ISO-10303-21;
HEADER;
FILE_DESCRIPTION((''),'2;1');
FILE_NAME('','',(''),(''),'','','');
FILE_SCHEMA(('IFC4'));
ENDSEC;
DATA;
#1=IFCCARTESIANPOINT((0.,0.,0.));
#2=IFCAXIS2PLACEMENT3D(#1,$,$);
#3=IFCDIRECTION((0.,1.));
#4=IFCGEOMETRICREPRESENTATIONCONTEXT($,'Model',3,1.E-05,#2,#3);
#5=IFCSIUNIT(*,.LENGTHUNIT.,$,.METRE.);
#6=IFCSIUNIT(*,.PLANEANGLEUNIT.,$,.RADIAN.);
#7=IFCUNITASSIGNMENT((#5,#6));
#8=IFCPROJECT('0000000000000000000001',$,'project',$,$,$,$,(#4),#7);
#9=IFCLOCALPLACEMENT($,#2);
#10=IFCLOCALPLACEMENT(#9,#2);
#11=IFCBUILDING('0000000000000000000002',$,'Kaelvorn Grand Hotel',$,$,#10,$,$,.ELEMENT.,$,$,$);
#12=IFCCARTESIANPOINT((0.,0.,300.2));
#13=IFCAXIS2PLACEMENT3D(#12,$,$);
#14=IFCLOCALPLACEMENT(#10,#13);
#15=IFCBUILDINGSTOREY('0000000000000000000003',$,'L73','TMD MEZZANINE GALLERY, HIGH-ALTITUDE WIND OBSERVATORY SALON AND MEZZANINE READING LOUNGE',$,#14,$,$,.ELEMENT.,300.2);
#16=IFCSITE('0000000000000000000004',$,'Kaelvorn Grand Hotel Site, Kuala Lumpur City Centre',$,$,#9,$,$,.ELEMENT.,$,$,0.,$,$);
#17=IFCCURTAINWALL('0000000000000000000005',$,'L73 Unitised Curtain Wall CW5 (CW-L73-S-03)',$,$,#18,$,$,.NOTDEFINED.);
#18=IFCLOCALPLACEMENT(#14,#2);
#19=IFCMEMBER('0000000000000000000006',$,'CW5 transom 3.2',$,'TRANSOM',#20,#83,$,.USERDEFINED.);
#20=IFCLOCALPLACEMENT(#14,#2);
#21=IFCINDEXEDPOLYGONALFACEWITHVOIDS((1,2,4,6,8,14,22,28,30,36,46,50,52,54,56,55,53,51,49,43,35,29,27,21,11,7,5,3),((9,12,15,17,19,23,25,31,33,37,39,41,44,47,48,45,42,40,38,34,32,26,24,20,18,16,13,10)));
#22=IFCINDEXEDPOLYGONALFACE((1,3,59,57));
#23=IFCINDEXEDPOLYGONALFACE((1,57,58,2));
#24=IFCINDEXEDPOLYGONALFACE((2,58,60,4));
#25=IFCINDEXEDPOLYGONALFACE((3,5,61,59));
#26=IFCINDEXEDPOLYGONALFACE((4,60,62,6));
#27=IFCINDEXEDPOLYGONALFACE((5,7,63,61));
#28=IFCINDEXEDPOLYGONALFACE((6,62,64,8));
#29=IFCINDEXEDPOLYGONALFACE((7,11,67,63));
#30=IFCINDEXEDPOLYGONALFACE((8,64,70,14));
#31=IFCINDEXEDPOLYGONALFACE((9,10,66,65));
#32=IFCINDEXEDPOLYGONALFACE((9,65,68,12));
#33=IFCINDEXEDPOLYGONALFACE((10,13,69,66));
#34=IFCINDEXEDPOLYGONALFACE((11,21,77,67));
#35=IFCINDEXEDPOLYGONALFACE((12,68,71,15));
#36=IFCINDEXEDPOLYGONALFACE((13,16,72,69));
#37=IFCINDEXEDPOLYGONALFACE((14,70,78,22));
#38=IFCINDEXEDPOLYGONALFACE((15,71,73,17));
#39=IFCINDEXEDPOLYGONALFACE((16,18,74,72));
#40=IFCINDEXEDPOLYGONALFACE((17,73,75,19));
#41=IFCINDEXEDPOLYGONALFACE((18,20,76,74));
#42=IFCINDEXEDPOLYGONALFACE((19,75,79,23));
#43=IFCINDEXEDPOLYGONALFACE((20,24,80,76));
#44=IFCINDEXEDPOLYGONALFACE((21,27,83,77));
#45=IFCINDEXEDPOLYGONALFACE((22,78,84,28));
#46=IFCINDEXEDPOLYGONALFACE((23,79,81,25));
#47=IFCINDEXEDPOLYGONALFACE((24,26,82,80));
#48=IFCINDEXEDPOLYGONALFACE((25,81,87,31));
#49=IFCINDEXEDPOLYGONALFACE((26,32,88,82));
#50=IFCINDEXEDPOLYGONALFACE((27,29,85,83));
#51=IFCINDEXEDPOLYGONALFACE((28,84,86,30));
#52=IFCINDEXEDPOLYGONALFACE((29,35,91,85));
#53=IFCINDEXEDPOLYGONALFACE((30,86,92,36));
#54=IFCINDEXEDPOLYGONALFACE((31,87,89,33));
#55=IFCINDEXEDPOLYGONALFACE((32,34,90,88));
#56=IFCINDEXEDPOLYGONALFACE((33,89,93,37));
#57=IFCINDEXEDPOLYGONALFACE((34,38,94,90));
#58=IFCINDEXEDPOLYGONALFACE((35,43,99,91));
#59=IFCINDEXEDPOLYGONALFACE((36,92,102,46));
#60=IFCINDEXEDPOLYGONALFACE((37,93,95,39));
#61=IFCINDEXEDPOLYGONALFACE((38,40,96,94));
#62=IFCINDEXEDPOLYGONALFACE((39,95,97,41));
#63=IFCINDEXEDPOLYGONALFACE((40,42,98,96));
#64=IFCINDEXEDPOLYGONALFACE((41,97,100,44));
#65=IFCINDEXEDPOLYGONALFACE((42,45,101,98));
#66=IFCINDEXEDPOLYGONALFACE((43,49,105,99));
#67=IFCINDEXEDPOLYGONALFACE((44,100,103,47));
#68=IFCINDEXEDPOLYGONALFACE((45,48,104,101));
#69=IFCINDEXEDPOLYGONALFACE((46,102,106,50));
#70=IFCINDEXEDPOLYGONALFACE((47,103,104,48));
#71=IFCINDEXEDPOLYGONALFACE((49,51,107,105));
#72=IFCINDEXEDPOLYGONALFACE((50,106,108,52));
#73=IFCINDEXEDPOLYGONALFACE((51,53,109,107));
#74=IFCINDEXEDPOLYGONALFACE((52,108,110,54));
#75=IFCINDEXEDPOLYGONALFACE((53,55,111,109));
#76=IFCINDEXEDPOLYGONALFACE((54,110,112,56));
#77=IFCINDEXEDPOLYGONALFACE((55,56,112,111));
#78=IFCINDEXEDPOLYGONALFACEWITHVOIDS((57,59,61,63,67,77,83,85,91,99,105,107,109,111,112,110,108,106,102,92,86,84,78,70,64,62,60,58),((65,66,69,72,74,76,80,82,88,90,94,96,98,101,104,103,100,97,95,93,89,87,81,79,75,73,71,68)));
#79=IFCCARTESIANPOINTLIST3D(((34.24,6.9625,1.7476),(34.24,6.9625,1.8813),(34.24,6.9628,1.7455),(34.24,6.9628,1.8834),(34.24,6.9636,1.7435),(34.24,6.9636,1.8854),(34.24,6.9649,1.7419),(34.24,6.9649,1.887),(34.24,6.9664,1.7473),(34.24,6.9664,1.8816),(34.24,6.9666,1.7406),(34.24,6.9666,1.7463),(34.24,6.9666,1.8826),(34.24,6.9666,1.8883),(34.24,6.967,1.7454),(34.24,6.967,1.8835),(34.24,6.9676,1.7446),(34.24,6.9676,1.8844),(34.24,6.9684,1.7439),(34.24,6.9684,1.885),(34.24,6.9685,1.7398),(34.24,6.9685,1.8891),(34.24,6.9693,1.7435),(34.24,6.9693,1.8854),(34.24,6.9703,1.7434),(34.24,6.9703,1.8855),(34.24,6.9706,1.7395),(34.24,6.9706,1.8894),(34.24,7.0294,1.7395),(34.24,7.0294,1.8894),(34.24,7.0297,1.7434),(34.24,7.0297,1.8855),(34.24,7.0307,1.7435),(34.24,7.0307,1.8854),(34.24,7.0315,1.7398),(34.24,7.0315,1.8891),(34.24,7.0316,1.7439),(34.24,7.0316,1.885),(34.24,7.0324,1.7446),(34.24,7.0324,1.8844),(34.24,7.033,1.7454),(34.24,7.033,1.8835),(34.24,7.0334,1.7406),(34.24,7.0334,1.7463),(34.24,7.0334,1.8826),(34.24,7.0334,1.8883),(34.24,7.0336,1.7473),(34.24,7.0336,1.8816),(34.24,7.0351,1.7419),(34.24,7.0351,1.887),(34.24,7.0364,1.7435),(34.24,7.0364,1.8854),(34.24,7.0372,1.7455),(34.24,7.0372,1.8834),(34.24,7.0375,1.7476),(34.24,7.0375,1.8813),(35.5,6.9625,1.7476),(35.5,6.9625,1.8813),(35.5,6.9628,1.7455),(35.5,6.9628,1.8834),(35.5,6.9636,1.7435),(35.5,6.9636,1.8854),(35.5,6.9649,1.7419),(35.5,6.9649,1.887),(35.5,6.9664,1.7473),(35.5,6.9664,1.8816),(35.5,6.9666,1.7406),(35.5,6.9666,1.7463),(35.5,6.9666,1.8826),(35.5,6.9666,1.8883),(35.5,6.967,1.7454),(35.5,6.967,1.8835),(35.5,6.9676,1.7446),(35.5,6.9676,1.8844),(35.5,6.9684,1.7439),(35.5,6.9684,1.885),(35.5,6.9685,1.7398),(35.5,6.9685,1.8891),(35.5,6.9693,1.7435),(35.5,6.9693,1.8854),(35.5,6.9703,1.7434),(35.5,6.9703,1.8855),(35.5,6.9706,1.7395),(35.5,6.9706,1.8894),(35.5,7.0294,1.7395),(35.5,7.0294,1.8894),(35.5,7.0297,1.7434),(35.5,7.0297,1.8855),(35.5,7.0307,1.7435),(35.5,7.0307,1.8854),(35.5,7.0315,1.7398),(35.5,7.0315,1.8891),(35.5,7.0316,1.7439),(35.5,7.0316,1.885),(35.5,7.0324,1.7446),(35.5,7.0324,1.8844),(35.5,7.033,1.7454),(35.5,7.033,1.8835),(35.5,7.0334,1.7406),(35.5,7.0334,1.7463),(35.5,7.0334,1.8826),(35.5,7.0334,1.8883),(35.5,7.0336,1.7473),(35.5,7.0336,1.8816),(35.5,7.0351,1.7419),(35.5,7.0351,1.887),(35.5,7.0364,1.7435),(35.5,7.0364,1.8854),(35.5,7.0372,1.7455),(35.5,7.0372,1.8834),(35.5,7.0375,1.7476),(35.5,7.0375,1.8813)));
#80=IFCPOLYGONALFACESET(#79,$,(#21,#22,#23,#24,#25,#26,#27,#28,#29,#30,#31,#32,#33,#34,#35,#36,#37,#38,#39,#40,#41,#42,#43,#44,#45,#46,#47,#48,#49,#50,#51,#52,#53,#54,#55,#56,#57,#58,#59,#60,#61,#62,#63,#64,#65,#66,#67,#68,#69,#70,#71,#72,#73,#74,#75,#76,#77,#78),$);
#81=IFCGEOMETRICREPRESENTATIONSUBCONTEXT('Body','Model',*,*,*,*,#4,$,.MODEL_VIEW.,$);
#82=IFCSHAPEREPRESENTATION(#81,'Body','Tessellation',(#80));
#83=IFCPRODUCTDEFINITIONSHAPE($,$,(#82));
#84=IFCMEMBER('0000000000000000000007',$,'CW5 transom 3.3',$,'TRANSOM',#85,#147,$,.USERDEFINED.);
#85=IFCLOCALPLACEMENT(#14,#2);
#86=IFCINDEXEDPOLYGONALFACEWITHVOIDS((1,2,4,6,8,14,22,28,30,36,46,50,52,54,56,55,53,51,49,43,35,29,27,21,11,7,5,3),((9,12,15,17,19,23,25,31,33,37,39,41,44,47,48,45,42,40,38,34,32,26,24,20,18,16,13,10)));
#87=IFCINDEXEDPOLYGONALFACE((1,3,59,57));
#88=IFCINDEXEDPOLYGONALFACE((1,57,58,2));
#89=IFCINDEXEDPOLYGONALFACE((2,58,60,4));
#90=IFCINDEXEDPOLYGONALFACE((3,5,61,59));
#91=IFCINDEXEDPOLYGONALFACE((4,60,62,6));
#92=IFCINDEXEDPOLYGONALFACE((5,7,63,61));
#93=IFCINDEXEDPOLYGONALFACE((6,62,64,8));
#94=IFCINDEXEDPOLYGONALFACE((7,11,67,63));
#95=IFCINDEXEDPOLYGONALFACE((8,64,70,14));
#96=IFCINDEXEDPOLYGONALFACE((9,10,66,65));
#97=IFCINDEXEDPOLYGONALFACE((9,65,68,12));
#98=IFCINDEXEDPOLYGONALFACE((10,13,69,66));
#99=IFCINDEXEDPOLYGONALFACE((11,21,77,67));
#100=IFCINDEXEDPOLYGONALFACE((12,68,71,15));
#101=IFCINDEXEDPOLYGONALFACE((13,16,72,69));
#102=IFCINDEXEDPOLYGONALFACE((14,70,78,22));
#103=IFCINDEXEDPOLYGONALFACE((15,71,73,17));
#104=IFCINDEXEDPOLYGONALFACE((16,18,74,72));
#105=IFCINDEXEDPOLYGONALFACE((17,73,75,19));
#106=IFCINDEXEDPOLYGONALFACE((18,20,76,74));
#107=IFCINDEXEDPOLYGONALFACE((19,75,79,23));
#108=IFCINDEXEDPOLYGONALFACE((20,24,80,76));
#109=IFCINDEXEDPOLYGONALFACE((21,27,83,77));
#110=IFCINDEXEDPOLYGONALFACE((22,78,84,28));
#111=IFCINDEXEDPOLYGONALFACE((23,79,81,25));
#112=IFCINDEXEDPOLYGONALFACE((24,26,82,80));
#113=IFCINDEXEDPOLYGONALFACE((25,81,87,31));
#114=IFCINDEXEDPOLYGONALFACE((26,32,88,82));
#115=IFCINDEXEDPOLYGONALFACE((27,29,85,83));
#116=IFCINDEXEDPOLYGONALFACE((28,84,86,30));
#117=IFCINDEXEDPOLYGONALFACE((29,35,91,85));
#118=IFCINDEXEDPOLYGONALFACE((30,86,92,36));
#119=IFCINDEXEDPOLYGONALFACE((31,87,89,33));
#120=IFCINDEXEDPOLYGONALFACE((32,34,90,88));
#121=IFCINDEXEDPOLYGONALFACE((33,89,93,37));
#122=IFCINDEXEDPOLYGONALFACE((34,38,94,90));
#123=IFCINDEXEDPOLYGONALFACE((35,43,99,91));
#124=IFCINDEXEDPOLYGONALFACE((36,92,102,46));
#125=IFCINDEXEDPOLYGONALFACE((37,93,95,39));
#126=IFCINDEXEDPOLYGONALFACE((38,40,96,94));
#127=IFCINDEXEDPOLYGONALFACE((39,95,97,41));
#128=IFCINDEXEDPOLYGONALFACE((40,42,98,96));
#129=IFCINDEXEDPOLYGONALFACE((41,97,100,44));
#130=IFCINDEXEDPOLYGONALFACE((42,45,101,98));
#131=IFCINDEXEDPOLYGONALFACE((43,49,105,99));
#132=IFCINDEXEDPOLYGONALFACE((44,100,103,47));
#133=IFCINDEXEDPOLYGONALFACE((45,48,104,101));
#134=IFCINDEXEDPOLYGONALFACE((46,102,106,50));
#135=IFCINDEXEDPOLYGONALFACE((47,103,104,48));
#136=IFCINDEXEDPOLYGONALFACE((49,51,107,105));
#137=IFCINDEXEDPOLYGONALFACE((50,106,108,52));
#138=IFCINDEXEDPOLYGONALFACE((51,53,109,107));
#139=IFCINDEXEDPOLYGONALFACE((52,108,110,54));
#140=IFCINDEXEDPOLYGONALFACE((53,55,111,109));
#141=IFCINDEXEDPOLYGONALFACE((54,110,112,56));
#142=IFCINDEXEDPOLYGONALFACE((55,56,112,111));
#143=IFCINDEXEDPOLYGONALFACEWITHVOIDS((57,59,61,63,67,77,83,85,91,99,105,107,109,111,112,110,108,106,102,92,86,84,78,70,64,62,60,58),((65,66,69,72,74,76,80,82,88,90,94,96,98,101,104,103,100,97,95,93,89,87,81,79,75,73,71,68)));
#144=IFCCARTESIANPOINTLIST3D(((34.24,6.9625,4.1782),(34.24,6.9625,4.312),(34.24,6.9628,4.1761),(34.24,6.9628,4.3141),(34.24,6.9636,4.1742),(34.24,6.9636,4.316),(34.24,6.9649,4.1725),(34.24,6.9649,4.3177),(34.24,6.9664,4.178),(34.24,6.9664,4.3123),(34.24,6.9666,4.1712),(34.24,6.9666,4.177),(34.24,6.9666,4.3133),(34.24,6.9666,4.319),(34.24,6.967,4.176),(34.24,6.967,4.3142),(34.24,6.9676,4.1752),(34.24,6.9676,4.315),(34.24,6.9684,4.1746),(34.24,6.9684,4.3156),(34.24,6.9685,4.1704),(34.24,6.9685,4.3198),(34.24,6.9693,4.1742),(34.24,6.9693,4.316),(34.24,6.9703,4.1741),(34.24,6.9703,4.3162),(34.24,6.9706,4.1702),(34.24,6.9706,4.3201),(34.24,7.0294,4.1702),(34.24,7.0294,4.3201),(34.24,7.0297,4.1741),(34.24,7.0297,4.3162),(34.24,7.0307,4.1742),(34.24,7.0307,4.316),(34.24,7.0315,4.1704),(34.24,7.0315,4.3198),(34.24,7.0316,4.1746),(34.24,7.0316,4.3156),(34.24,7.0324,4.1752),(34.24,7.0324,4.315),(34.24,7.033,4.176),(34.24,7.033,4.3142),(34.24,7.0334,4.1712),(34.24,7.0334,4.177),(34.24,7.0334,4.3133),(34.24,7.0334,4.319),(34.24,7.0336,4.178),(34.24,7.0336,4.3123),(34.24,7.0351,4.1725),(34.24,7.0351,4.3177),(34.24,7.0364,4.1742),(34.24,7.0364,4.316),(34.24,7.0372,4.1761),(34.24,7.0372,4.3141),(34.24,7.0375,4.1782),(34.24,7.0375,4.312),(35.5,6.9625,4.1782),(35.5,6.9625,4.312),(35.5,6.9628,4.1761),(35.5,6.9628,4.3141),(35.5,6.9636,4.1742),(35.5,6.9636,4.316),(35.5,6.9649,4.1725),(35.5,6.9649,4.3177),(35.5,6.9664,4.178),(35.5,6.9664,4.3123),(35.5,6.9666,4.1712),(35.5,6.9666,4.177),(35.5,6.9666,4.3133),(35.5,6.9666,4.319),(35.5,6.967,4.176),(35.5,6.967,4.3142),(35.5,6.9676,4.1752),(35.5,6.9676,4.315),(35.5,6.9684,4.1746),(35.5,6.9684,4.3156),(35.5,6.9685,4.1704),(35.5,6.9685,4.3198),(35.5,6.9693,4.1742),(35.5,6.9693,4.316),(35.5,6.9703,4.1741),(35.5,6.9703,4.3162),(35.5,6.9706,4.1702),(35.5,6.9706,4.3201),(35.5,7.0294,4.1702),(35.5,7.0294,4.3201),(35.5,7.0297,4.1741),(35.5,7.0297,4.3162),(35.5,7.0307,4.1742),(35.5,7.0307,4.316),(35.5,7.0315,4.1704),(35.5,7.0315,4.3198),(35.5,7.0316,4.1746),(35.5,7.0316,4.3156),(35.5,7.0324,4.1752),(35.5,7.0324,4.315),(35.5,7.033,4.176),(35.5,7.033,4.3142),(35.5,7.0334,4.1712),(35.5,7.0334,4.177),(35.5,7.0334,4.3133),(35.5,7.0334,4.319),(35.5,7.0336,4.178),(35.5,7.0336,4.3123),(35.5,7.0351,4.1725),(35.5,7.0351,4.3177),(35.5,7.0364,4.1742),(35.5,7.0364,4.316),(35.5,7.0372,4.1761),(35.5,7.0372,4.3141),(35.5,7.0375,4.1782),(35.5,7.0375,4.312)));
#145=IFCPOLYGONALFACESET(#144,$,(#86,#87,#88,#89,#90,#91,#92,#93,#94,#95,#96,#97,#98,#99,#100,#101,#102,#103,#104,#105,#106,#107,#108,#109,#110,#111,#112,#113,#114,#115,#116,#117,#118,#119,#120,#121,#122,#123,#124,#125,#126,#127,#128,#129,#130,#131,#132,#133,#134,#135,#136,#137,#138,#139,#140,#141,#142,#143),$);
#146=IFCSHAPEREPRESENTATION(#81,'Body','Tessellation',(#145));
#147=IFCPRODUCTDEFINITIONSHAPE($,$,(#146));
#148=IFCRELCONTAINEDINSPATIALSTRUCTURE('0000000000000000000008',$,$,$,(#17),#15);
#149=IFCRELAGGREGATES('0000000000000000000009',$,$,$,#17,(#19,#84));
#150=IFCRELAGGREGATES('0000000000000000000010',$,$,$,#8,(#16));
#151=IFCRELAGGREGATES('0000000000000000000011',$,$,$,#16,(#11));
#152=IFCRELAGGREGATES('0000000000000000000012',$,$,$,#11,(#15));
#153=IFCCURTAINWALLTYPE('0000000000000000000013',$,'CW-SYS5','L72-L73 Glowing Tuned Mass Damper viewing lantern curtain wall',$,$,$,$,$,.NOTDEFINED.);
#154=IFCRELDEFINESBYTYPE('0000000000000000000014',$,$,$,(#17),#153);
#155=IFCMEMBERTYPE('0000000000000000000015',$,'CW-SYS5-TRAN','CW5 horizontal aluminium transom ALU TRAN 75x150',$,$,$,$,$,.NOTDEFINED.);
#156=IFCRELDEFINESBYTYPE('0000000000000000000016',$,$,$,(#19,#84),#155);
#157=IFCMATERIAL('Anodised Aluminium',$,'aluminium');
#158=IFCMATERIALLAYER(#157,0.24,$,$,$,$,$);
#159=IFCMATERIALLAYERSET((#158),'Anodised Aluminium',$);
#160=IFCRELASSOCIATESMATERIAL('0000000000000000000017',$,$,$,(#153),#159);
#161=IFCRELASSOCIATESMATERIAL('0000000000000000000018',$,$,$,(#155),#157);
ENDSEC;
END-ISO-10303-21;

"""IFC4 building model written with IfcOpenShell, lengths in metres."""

from ifc_helpers import new_model, si_unit, direction, frame, origin, origin_2d, place, context, subcontext, project, spatial, hollow_rectangle, extrude, material, layer, layer_set, material_profile, profile_set, type_object, element, aggregate, save


model = new_model("IFC4")

# Units and contexts
model_context = context("Model", 3, precision=1e-05, world=origin(), true_north=direction((0.0, 1.0)))
body_context = subcontext(model_context, "Body", "Model", "MODEL_VIEW")
ifc_project = project(units=[si_unit("LENGTHUNIT", "METRE"), si_unit("PLANEANGLEUNIT", "RADIAN")], contexts=[model_context])

# Site, building, storey
site_placement = place(None, origin())
site = spatial("IfcSite", under=ifc_project, at=site_placement, Name="Kaelvorn Grand Hotel Site, Kuala Lumpur City Centre", CompositionType="ELEMENT", RefElevation=0.0)
building_placement = place(site_placement, origin())
building = spatial("IfcBuilding", under=site, at=building_placement, Name="Kaelvorn Grand Hotel", CompositionType="ELEMENT")
storey_placement = place(building_placement, frame((0.0, 0.0, 300.2)))
storey = spatial("IfcBuildingStorey", under=building, at=storey_placement, Name="L73", Description="TMD MEZZANINE GALLERY, HIGH-ALTITUDE WIND OBSERVATORY SALON AND MEZZANINE READING LOUNGE", CompositionType="ELEMENT", Elevation=300.2)

# Curtain wall
ifc_material_1 = material(Name="Anodised Aluminium", Category="aluminium")
ifc_layer_1 = layer(ifc_material_1, 0.24)
ifc_layer_set_1 = layer_set([ifc_layer_1], Name="Anodised Aluminium")
curtain_wall_type = type_object("IfcCurtainWallType", Name="CW-SYS5", Description="L72-L73 Glowing Tuned Mass Damper viewing lantern curtain wall", PredefinedType="NOTDEFINED", material=ifc_layer_set_1)
curtain_wall_1_placement = place(storey_placement, origin())
curtain_wall_1 = element("IfcCurtainWall", 1, at=curtain_wall_1_placement, inside=storey, type_object=curtain_wall_type, Name="L73 Unitised Curtain Wall CW5 (CW-L73-S-03)", PredefinedType="NOTDEFINED")

# Members
ifc_material_profile_1 = material_profile(ifc_material_1, hollow_rectangle(XDim=0.075, YDim=0.1499, WallThickness=0.0039, InnerFilletRadius=0.0039, OuterFilletRadius=0.0081, at=origin_2d()), Name="ALU TRAN 75x150")
ifc_profile_set_1 = profile_set([ifc_material_profile_1], Name="Anodised Aluminium")
member_type_1 = type_object("IfcMemberType", Name="CW-SYS5-TRAN", Description="CW5 horizontal aluminium transom ALU TRAN 75x150", PredefinedType="NOTDEFINED", material=ifc_profile_set_1)
member_1_placement = place(storey_placement, frame((34.24, 7.0, 1.8145), z_axis=(1.0, 0.0, 0.0), x_axis=(0.0, 1.0, 0.0)))
member_1 = element("IfcMember", 2, at=member_1_placement, type_object=member_type_1, Name="CW5 transom 3.2", ObjectType="TRANSOM", PredefinedType="USERDEFINED", context=body_context, shape_type="SweptSolid", body=[
    extrude(hollow_rectangle(XDim=0.075, YDim=0.1499, WallThickness=0.0039, InnerFilletRadius=0.0039, OuterFilletRadius=0.0081, at=origin_2d()), origin(), (0.0, 0.0, 1.0), 1.26),
])
member_2_placement = place(storey_placement, frame((34.24, 7.0, 4.2451), z_axis=(1.0, 0.0, 0.0), x_axis=(0.0, 1.0, 0.0)))
member_2 = element("IfcMember", 3, at=member_2_placement, type_object=member_type_1, Name="CW5 transom 3.3", ObjectType="TRANSOM", PredefinedType="USERDEFINED", context=body_context, shape_type="SweptSolid", body=[
    extrude(hollow_rectangle(XDim=0.075, YDim=0.1499, WallThickness=0.0039, InnerFilletRadius=0.0039, OuterFilletRadius=0.0081, at=origin_2d()), origin(), (0.0, 0.0, 1.0), 1.26),
])

aggregate(curtain_wall_1, [member_1, member_2])

save(model, "model.ifc")
